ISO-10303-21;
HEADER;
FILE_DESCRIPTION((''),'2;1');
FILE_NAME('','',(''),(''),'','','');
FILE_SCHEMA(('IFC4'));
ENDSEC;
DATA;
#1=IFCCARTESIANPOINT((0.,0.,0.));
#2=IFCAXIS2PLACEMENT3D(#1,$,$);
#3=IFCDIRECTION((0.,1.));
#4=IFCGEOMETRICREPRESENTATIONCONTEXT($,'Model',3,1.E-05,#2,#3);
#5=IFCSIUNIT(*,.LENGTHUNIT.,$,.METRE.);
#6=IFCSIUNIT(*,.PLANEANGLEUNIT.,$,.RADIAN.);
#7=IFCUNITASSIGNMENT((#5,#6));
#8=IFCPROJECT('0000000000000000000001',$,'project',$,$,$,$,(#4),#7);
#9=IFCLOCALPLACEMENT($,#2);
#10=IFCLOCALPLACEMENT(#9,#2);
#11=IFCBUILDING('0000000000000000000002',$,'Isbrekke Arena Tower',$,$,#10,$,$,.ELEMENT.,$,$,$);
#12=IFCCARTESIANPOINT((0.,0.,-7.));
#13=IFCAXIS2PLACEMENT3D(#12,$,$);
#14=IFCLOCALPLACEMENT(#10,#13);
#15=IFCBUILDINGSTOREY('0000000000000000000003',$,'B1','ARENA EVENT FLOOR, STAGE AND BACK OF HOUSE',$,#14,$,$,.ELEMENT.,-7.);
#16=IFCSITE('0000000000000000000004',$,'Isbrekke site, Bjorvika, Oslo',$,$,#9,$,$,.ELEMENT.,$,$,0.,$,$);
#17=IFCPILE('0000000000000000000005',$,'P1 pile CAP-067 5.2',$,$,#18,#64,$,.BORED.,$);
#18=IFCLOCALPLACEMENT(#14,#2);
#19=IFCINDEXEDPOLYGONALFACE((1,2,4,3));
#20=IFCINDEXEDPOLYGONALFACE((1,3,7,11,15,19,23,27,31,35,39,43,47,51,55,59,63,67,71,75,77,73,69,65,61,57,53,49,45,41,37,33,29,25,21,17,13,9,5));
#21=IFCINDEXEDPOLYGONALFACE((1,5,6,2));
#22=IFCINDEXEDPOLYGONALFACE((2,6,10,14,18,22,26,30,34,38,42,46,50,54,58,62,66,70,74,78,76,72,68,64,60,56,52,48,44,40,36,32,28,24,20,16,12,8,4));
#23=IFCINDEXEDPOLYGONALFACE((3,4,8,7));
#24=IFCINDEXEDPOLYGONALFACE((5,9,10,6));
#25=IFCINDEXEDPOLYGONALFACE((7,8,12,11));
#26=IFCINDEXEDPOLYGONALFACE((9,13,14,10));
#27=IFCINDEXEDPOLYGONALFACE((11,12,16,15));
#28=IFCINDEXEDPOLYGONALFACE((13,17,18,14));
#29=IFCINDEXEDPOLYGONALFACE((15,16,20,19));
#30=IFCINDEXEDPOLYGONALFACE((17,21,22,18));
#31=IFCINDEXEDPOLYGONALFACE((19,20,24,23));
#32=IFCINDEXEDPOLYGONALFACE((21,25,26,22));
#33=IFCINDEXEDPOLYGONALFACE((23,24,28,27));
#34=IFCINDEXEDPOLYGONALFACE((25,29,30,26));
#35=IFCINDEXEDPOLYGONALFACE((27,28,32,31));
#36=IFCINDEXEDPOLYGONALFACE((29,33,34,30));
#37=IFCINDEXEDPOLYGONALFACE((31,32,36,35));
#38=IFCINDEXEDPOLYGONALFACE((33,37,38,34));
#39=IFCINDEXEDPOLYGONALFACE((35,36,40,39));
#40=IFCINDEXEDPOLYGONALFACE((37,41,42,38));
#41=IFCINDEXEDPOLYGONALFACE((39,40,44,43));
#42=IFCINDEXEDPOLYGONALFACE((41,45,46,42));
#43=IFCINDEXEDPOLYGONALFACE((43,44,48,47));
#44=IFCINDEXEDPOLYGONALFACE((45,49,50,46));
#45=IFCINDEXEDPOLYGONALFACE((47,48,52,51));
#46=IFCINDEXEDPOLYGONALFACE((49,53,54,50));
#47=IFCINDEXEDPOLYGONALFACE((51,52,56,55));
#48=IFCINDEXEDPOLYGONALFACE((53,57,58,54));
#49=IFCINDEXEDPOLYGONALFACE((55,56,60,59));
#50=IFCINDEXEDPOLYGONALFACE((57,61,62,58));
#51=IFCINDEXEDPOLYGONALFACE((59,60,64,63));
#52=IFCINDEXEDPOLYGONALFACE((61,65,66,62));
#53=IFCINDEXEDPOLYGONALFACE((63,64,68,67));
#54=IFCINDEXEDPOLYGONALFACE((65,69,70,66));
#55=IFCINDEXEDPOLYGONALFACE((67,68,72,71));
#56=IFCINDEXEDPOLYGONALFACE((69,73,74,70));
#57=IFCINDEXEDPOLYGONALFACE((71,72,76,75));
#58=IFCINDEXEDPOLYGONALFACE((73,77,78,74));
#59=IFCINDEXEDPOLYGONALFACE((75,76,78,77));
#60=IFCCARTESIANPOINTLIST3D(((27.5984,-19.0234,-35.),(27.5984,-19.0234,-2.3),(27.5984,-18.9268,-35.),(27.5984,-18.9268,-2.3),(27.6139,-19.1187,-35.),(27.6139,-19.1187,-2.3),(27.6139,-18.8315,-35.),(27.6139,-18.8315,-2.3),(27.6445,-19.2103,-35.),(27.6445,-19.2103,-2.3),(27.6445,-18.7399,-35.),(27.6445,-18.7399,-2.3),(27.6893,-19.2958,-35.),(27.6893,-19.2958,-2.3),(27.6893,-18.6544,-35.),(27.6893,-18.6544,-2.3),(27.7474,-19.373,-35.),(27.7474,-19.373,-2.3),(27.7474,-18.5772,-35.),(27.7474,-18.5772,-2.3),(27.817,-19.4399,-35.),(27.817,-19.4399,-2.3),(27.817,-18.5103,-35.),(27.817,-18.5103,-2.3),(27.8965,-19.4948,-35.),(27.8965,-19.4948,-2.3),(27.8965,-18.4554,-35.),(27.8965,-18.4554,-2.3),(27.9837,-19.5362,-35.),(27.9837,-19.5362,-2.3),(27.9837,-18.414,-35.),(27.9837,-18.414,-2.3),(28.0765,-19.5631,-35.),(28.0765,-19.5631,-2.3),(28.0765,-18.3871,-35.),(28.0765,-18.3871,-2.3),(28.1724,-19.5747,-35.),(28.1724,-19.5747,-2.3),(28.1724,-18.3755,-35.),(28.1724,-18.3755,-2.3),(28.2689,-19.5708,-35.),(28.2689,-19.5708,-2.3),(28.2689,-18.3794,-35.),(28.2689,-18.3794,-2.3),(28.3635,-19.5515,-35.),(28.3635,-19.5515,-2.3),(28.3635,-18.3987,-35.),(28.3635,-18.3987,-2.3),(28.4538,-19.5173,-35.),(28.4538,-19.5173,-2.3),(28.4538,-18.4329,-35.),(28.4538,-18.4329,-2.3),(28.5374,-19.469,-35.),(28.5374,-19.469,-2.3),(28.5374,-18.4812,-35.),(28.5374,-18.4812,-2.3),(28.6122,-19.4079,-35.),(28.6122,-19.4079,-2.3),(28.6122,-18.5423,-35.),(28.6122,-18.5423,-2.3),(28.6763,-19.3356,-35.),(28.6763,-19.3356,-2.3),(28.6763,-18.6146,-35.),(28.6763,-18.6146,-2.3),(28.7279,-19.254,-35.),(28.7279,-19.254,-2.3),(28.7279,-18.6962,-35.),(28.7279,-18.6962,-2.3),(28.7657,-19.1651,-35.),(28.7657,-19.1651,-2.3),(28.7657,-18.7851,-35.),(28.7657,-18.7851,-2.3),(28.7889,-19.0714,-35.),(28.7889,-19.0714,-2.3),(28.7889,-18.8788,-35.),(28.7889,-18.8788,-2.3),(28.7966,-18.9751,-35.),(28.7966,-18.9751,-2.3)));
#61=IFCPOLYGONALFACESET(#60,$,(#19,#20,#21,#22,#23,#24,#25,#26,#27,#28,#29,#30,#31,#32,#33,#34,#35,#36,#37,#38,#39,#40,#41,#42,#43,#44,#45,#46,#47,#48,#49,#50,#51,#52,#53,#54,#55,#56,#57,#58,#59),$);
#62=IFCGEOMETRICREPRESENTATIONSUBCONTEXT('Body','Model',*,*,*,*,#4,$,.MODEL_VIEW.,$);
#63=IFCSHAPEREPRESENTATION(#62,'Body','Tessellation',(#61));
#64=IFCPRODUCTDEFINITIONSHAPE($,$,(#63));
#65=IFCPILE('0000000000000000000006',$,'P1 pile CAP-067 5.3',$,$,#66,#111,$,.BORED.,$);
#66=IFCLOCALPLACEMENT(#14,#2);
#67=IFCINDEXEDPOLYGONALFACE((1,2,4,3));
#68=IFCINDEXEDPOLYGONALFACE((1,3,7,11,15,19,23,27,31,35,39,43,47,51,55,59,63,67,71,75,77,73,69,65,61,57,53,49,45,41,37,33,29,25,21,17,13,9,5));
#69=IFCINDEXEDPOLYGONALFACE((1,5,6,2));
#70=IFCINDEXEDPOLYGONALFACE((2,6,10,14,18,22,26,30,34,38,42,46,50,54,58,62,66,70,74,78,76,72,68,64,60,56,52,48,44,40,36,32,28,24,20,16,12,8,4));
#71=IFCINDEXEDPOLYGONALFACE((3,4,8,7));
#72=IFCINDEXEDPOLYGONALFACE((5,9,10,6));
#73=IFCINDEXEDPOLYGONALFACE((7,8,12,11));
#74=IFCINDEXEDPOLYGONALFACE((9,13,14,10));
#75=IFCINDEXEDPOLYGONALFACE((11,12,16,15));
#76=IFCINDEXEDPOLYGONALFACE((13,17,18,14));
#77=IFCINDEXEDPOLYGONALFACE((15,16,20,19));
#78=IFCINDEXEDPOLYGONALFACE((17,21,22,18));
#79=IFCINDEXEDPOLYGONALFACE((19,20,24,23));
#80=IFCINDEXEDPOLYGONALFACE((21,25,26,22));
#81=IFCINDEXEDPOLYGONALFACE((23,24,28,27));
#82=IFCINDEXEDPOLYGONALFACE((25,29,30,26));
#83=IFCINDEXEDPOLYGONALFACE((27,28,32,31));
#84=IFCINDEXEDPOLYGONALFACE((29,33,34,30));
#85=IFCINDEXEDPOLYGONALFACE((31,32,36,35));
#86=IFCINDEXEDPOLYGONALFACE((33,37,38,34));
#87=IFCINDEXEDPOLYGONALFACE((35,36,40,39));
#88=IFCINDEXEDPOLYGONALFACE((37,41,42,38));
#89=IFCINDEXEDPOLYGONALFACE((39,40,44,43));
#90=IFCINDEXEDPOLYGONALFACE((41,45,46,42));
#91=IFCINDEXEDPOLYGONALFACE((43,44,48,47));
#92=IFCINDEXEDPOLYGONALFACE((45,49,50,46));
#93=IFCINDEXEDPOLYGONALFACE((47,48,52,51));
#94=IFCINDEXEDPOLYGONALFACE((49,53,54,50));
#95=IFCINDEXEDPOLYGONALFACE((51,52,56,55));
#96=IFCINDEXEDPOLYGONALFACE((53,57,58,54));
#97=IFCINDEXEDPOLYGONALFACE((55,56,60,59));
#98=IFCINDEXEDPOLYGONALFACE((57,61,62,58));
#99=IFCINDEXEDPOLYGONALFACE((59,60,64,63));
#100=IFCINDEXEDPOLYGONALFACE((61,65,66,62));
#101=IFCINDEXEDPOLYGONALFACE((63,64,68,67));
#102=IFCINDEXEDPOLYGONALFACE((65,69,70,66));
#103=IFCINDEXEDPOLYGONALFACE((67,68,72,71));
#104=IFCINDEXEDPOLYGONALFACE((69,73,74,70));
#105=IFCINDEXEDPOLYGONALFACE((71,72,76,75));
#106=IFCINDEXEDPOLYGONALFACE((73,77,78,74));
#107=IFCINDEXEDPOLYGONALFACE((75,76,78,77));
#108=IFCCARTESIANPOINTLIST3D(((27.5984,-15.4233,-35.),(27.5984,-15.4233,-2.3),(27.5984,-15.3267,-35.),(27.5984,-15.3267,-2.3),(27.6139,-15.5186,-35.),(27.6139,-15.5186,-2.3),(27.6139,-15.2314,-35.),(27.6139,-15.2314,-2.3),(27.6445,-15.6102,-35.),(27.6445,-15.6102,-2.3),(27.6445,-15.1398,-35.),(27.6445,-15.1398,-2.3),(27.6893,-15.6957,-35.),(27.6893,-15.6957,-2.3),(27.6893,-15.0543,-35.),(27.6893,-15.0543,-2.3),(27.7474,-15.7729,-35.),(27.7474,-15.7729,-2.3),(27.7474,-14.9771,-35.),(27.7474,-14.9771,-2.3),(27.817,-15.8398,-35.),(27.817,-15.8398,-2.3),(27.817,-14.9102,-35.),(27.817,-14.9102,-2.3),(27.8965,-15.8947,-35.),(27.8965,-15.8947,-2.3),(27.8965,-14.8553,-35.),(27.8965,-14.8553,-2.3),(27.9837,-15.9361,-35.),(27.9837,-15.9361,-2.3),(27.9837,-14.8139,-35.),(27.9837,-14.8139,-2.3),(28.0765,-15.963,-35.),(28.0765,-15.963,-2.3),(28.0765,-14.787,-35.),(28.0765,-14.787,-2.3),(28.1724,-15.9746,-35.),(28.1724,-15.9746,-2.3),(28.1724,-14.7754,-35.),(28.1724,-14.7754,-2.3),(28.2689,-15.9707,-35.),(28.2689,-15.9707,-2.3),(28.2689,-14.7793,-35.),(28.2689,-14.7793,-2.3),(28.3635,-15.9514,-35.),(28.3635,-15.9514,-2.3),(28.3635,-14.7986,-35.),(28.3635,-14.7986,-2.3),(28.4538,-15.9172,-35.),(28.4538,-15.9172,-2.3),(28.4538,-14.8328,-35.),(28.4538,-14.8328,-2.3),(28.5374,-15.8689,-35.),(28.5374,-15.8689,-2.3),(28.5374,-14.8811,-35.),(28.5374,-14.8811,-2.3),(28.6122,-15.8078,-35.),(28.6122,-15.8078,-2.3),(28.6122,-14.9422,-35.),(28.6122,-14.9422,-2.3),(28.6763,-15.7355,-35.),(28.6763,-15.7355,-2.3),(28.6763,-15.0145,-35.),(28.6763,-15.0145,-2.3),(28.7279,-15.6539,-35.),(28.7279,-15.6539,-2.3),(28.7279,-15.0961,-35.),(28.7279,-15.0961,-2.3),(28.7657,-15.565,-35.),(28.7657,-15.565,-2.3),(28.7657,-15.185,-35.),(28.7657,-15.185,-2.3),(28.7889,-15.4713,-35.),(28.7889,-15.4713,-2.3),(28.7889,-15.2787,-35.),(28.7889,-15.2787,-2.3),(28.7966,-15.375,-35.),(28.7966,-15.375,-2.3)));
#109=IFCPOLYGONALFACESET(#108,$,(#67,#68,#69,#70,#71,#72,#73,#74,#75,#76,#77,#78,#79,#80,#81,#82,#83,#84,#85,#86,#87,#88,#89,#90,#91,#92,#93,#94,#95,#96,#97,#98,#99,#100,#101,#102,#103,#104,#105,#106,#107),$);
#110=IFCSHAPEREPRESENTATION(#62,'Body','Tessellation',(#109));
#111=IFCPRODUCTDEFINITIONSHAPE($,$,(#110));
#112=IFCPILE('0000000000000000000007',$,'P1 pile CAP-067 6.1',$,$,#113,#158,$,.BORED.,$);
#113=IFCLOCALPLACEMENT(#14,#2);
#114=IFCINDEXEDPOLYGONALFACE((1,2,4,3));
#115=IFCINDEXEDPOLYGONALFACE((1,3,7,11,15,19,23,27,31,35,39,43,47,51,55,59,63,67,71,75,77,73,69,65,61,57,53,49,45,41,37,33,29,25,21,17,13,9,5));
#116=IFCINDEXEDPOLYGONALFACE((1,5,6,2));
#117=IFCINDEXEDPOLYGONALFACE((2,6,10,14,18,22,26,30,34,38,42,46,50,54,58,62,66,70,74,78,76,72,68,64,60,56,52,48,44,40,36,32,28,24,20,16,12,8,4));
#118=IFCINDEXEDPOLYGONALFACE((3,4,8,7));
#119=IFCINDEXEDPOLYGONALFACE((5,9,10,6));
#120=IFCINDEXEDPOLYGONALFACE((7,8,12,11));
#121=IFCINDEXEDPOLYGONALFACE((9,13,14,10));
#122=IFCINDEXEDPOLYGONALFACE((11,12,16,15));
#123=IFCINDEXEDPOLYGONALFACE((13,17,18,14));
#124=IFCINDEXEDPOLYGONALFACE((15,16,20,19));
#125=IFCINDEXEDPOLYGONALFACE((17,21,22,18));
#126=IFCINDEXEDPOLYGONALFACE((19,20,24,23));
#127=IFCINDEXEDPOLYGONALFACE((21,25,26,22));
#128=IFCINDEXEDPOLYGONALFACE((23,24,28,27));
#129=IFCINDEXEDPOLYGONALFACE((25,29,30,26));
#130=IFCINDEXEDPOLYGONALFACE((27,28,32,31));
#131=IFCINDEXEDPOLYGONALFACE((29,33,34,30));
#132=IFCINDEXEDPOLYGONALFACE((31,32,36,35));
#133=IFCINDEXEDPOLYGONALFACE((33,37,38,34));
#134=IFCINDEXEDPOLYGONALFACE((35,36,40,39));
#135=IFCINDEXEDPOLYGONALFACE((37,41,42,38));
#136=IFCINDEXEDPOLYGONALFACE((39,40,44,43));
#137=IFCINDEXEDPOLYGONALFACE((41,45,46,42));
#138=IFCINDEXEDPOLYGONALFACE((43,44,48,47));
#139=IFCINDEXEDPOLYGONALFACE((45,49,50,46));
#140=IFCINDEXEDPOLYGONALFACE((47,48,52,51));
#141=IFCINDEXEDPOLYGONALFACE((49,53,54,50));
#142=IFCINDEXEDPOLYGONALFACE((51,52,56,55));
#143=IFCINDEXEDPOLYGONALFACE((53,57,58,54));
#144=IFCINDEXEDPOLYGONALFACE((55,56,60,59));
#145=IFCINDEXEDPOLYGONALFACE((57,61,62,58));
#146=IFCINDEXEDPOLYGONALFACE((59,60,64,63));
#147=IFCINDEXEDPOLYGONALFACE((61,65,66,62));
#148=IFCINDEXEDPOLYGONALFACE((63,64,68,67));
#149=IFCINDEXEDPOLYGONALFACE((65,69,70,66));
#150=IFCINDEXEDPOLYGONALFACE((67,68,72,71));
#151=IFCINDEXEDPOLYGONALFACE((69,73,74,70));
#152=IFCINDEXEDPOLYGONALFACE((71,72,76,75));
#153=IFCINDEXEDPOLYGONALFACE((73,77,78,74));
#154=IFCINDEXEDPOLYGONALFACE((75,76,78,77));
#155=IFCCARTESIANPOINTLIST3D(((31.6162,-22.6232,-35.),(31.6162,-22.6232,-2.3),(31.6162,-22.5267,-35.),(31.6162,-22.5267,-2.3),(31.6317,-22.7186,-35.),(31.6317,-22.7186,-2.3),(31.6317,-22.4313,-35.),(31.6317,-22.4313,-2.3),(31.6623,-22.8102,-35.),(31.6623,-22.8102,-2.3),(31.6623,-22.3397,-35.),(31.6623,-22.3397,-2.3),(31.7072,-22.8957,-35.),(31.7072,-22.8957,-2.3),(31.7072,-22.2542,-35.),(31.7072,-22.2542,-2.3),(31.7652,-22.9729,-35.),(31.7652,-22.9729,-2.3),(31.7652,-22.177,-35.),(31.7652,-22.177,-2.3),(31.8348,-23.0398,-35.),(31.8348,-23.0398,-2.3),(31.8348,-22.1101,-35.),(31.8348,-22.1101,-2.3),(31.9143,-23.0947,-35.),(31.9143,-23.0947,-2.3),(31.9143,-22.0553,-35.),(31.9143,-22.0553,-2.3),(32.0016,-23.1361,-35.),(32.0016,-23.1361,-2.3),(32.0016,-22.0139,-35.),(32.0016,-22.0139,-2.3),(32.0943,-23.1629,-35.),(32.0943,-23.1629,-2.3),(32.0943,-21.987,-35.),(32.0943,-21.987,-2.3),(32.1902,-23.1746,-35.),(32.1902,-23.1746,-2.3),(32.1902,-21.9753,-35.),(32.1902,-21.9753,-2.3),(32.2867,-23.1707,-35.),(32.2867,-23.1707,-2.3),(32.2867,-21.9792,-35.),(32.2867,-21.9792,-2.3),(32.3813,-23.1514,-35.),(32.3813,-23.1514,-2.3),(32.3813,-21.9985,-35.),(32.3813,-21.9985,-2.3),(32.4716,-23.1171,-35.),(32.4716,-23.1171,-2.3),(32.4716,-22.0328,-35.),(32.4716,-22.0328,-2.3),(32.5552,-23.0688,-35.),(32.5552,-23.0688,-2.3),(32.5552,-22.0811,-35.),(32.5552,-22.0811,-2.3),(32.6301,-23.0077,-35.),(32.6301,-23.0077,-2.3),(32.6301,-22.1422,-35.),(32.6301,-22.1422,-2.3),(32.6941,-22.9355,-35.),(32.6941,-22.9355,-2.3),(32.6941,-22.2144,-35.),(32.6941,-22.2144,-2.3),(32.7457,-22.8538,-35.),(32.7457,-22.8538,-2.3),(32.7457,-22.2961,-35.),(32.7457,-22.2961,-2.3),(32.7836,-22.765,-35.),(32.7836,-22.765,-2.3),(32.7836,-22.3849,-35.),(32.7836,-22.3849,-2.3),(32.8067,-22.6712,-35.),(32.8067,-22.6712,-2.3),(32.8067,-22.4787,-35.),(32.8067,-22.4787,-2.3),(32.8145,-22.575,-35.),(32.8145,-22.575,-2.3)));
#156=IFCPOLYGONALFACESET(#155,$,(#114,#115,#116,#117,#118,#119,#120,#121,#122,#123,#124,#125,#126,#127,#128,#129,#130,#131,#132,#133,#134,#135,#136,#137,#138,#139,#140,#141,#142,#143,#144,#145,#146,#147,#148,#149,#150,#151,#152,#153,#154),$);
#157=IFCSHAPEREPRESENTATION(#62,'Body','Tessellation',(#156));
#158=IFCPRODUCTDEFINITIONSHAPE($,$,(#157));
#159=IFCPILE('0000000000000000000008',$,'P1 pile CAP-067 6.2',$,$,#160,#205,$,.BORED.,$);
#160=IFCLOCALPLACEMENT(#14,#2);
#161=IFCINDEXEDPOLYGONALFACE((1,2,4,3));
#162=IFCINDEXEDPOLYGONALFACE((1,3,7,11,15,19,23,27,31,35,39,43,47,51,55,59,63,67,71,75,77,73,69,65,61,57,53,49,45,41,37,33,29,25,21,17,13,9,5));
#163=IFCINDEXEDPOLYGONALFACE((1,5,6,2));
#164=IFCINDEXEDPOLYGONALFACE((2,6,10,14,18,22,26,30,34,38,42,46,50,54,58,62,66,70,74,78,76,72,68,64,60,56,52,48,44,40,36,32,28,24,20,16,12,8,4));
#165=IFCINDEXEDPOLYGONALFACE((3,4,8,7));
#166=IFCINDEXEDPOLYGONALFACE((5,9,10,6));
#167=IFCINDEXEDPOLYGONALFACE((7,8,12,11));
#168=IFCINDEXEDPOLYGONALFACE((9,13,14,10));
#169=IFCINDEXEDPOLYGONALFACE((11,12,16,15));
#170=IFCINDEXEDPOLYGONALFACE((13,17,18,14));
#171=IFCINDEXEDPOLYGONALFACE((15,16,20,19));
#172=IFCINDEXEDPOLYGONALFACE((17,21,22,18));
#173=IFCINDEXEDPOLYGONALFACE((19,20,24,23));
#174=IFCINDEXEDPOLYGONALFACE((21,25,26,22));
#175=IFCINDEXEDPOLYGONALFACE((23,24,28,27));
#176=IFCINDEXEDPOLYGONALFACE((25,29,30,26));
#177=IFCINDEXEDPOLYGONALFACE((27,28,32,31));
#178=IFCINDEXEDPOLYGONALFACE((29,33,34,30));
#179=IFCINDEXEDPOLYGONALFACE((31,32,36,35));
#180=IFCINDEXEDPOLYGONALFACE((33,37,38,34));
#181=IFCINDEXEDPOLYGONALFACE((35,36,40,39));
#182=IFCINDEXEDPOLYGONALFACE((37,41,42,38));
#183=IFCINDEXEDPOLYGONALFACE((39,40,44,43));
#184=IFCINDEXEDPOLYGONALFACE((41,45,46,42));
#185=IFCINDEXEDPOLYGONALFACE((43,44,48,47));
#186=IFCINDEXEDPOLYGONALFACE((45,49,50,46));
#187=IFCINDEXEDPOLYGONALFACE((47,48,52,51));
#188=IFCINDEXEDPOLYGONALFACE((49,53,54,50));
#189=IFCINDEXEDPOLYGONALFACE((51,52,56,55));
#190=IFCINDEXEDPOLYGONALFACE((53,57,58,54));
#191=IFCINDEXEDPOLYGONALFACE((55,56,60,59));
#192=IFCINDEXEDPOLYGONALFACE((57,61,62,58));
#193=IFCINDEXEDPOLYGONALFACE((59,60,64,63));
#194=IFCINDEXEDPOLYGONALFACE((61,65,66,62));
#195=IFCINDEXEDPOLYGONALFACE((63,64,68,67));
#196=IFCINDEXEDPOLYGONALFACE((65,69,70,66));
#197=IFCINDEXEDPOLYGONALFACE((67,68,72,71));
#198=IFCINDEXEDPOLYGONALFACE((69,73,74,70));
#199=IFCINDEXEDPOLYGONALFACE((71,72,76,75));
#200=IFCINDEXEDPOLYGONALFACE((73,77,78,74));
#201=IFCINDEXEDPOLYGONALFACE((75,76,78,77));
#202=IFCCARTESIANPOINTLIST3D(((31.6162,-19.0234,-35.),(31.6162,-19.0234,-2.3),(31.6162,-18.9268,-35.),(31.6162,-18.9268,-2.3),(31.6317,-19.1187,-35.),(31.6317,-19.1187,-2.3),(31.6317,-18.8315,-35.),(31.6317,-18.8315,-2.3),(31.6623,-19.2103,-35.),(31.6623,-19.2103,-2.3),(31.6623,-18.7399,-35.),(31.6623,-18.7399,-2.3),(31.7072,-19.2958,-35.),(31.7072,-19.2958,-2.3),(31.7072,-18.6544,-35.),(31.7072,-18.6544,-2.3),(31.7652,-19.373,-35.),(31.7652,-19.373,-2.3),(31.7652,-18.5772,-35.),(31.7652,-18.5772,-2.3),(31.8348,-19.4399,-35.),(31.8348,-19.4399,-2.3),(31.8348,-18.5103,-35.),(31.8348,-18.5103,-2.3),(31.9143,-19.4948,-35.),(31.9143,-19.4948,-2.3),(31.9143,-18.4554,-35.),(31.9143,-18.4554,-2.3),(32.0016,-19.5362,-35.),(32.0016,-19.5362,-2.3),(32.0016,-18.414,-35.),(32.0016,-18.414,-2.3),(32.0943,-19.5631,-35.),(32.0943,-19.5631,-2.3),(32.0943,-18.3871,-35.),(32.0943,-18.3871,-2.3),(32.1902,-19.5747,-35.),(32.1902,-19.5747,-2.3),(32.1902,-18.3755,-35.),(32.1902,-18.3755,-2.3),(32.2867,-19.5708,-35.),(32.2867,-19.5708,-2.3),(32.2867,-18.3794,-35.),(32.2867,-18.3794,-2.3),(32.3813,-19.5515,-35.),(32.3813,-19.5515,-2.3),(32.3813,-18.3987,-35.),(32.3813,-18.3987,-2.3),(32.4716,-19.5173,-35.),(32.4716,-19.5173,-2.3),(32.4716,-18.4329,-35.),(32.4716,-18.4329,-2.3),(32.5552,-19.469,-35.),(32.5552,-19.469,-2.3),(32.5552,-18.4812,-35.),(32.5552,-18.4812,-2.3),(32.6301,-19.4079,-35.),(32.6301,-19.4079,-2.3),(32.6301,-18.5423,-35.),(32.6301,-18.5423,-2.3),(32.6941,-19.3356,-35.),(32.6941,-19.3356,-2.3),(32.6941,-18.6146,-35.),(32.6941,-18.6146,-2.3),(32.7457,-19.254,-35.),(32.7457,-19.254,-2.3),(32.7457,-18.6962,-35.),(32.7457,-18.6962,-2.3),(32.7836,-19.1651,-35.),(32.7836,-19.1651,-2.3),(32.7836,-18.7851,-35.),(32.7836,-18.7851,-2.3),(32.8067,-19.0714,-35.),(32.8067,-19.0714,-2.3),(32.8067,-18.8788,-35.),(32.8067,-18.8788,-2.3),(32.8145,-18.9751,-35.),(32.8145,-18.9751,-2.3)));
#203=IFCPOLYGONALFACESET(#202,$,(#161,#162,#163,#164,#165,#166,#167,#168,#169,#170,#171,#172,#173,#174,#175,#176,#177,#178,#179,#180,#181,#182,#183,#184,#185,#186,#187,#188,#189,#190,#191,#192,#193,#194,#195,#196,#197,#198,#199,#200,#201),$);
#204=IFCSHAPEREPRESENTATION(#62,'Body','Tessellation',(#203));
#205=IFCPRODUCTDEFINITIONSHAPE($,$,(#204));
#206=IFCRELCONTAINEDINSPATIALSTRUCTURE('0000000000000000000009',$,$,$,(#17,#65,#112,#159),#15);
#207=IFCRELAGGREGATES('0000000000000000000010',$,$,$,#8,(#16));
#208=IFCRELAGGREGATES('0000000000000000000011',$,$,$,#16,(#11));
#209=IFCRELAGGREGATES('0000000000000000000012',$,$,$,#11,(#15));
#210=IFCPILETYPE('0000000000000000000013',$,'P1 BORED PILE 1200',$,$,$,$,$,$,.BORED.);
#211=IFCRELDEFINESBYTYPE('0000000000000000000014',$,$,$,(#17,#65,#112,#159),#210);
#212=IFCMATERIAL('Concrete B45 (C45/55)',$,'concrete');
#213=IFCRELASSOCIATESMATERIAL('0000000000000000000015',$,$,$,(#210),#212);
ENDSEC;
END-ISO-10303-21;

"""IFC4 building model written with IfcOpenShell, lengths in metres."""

from ifc_helpers import new_model, si_unit, direction, frame, origin, origin_2d, place, context, subcontext, project, spatial, circle, extrude, material, material_profile, profile_set, type_object, element, save


model = new_model("IFC4")

# Units and contexts
model_context = context("Model", 3, precision=1e-05, world=origin(), true_north=direction((0.0, 1.0)))
body_context = subcontext(model_context, "Body", "Model", "MODEL_VIEW")
ifc_project = project(units=[si_unit("LENGTHUNIT", "METRE"), si_unit("PLANEANGLEUNIT", "RADIAN")], contexts=[model_context])

# Site, building, storey
site_placement = place(None, origin())
site = spatial("IfcSite", under=ifc_project, at=site_placement, Name="Isbrekke site, Bjorvika, Oslo", CompositionType="ELEMENT", RefElevation=0.0)
building_placement = place(site_placement, origin())
building = spatial("IfcBuilding", under=site, at=building_placement, Name="Isbrekke Arena Tower", CompositionType="ELEMENT")
storey_placement = place(building_placement, frame((0.0, 0.0, -7.0)))
storey = spatial("IfcBuildingStorey", under=building, at=storey_placement, Name="B1", Description="ARENA EVENT FLOOR, STAGE AND BACK OF HOUSE", CompositionType="ELEMENT", Elevation=-7.0)

# Piles
ifc_material_1 = material(Name="Concrete B45 (C45/55)", Category="concrete")
ifc_material_profile_1 = material_profile(ifc_material_1, circle(Radius=0.6001, at=origin_2d()), Name="BORED PILE D1200")
ifc_profile_set_1 = profile_set([ifc_material_profile_1], Name="Concrete B45 (C45/55)")
pile_type = type_object("IfcPileType", Name="P1 BORED PILE 1200", PredefinedType="BORED", material=ifc_profile_set_1)
for number, where, z_axis, x_axis, name in (
    (1, (28.1965, -18.9751, -2.3), (0.0, 0.0, -1.0), (1.0, 0.0, 0.0), "P1 pile CAP-067 5.2"),
    (2, (28.1965, -15.375, -2.3), (0.0, 0.0, -1.0), (1.0, 0.0, 0.0), "P1 pile CAP-067 5.3"),
    (3, (32.2144, -22.575, -2.3), (0.0, 0.0, -1.0), (1.0, 0.0, 0.0), "P1 pile CAP-067 6.1"),
    (4, (32.2144, -18.9751, -2.3), (0.0, 0.0, -1.0), (1.0, 0.0, 0.0), "P1 pile CAP-067 6.2"),
):
    element("IfcPile", number, at=place(storey_placement, frame(where, z_axis=z_axis, x_axis=x_axis)), inside=storey, type_object=pile_type, Name=name, PredefinedType="BORED", context=body_context, shape_type="SweptSolid", body=[
        extrude(circle(Radius=0.6001, at=origin_2d()), origin(), (0.0, 0.0, 1.0), 32.7),
    ])

save(model, "model.ifc")
